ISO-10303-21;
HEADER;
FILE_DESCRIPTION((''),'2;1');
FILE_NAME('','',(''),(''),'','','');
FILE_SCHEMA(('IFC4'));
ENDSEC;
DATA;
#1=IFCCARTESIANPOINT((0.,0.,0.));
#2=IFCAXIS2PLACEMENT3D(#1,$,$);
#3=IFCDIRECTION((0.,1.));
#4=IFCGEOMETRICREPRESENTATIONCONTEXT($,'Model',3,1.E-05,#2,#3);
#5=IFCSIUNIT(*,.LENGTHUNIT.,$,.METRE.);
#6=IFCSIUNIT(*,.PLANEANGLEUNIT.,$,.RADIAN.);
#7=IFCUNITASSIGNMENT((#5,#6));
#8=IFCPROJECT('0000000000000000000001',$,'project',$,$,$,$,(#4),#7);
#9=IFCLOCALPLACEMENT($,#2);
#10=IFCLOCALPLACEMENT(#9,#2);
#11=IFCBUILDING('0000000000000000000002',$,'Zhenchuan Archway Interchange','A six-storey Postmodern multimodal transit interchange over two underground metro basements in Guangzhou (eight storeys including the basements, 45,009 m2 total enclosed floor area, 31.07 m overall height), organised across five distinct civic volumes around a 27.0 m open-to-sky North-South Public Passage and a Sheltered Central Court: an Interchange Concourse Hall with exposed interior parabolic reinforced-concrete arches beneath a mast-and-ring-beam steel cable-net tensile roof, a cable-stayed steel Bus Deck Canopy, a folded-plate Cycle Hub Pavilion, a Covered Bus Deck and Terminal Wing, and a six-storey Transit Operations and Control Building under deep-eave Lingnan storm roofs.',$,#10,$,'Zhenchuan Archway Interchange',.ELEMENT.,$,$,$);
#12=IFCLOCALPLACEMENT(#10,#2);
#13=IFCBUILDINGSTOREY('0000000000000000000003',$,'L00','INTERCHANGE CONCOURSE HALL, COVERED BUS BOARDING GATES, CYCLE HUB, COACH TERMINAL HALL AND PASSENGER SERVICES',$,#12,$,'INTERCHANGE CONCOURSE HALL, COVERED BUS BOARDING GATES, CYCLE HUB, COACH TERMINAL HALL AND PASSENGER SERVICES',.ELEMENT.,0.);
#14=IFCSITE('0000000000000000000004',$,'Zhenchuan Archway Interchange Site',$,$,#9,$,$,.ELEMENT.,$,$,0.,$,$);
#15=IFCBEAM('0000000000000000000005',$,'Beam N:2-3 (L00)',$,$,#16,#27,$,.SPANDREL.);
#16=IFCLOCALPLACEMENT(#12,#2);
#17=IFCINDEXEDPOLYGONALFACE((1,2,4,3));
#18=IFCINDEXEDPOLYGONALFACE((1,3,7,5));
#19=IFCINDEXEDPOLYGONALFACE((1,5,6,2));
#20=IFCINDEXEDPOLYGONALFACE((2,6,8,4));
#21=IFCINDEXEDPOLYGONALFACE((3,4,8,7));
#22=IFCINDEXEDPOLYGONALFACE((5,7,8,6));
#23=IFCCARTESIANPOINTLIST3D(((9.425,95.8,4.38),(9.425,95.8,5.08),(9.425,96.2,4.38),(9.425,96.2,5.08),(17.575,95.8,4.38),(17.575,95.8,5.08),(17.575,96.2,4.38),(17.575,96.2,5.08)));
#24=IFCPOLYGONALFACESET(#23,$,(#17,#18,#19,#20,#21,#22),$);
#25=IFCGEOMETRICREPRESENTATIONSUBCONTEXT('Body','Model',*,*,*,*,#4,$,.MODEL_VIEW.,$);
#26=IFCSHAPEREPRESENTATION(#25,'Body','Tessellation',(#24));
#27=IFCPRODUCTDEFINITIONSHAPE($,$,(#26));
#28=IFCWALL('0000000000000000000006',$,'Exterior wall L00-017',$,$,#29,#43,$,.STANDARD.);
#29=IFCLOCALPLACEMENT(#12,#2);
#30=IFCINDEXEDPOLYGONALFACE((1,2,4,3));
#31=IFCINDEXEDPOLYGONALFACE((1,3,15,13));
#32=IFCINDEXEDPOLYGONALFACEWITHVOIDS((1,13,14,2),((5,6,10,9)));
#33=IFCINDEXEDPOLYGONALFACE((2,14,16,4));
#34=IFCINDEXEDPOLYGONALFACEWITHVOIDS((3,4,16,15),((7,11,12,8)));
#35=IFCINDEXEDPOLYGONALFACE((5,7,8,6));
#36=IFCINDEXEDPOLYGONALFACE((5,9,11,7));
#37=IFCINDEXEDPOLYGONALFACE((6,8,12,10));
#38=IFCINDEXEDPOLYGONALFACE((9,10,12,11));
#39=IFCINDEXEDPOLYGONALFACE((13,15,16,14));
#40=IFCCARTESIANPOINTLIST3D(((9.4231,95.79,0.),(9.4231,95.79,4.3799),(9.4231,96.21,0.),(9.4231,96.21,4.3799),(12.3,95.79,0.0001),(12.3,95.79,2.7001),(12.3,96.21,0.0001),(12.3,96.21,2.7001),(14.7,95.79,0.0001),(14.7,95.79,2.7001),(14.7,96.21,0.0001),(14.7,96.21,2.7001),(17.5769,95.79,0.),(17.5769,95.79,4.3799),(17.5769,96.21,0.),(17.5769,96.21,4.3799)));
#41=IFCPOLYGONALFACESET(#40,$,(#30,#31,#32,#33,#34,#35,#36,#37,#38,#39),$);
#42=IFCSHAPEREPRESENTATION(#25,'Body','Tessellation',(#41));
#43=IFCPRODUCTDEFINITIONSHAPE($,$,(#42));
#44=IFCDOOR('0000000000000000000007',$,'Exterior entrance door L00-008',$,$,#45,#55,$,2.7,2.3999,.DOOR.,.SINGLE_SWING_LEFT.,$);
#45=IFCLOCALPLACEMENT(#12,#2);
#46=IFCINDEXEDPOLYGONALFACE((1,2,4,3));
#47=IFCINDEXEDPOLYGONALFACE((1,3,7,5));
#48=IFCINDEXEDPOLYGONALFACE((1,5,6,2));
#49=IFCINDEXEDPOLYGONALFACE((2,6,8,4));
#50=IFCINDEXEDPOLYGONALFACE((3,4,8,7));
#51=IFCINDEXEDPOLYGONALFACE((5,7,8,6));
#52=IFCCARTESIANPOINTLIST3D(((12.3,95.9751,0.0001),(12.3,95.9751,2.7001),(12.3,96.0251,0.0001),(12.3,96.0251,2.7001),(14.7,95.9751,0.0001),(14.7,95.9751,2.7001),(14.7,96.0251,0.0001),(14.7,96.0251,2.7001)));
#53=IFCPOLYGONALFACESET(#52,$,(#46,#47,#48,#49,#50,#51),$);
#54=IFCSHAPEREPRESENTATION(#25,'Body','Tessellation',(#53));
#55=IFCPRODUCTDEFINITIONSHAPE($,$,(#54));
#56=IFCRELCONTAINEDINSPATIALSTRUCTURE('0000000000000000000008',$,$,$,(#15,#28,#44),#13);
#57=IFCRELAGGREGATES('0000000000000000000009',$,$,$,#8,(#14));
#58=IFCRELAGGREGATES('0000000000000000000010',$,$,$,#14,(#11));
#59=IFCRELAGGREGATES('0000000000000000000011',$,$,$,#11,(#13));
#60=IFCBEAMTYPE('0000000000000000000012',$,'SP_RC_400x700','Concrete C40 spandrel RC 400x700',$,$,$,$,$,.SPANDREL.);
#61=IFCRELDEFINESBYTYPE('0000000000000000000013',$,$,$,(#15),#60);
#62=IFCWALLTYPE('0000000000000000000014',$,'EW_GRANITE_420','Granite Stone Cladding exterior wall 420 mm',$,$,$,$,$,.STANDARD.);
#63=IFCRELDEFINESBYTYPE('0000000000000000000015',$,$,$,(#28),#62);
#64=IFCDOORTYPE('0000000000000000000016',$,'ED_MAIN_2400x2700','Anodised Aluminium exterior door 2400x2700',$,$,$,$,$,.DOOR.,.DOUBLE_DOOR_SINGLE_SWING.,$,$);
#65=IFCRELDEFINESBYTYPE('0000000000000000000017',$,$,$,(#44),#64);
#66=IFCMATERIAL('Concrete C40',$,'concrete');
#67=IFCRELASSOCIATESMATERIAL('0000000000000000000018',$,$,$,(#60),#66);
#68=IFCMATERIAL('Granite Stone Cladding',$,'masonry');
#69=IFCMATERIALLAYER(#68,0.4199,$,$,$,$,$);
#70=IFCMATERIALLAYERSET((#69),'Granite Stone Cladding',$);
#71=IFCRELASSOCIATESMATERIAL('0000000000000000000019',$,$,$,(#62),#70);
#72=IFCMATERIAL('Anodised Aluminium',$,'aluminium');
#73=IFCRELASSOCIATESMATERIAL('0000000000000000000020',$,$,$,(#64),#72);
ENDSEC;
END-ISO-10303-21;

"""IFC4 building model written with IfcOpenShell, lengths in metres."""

from ifc_helpers import new_model, si_unit, direction, frame, frame_2d, origin, origin_2d, place, context, subcontext, project, spatial, rectangle, extrude, material, layer, layer_set, material_profile, profile_set, type_object, element, fill, save


model = new_model("IFC4")

# Units and contexts
model_context = context("Model", 3, precision=1e-05, world=origin(), true_north=direction((0.0, 1.0)))
body_context = subcontext(model_context, "Body", "Model", "MODEL_VIEW")
ifc_project = project(units=[si_unit("LENGTHUNIT", "METRE"), si_unit("PLANEANGLEUNIT", "RADIAN")], contexts=[model_context])

# Site, building, storey
site_placement = place(None, origin())
site = spatial("IfcSite", under=ifc_project, at=site_placement, Name="Zhenchuan Archway Interchange Site", CompositionType="ELEMENT", RefElevation=0.0)
building_placement = place(site_placement, origin())
building = spatial("IfcBuilding", under=site, at=building_placement, Name="Zhenchuan Archway Interchange", Description="A six-storey Postmodern multimodal transit interchange over two underground metro basements in Guangzhou (eight storeys including the basements, 45,009 m2 total enclosed floor area, 31.07 m overall height), organised across five distinct civic volumes around a 27.0 m open-to-sky North-South Public Passage and a Sheltered Central Court: an Interchange Concourse Hall with exposed interior parabolic reinforced-concrete arches beneath a mast-and-ring-beam steel cable-net tensile roof, a cable-stayed steel Bus Deck Canopy, a folded-plate Cycle Hub Pavilion, a Covered Bus Deck and Terminal Wing, and a six-storey Transit Operations and Control Building under deep-eave Lingnan storm roofs.", LongName="Zhenchuan Archway Interchange", CompositionType="ELEMENT")
storey_placement = place(building_placement, origin())
storey = spatial("IfcBuildingStorey", under=building, at=storey_placement, Name="L00", Description="INTERCHANGE CONCOURSE HALL, COVERED BUS BOARDING GATES, CYCLE HUB, COACH TERMINAL HALL AND PASSENGER SERVICES", LongName="INTERCHANGE CONCOURSE HALL, COVERED BUS BOARDING GATES, CYCLE HUB, COACH TERMINAL HALL AND PASSENGER SERVICES", CompositionType="ELEMENT", Elevation=0.0)

# Shared definitions
ifc_material_1 = material(Name="Concrete C40", Category="concrete")

# Beam
ifc_material_profile_1 = material_profile(ifc_material_1, rectangle(XDim=0.3999, YDim=0.7, at=origin_2d()), Name="RC 400x700")
ifc_profile_set_1 = profile_set([ifc_material_profile_1], Name="Concrete C40")
beam_type = type_object("IfcBeamType", Name="SP_RC_400x700", Description="Concrete C40 spandrel RC 400x700", PredefinedType="SPANDREL", material=ifc_profile_set_1)
beam_1_placement = place(storey_placement, frame((9.425, 96.0, 4.73), z_axis=(1.0, 0.0, 0.0), x_axis=(0.0, 1.0, 0.0)))
element("IfcBeam", 1, at=beam_1_placement, inside=storey, type_object=beam_type, Name="Beam N:2-3 (L00)", PredefinedType="SPANDREL", context=body_context, shape_type="SweptSolid", body=[
    extrude(rectangle(XDim=0.3999, YDim=0.7, at=origin_2d()), origin(), (0.0, 0.0, 1.0), 8.1499),
])

# Wall, opening, door
ifc_material_2 = material(Name="Granite Stone Cladding", Category="masonry")
ifc_layer = layer(ifc_material_2, 0.4199)
ifc_layer_set = layer_set([ifc_layer], Name="Granite Stone Cladding")
wall_type = type_object("IfcWallType", Name="EW_GRANITE_420", Description="Granite Stone Cladding exterior wall 420 mm", PredefinedType="STANDARD", material=ifc_layer_set)
wall_1_placement = place(storey_placement, frame((17.5769, 96.0, 0.0), z_axis=(0.0, 0.0, 1.0), x_axis=(-1.0, 0.0, 0.0)))
wall_1 = element("IfcWall", 2, at=wall_1_placement, inside=storey, type_object=wall_type, Name="Exterior wall L00-017", PredefinedType="STANDARD", context=body_context, shape_type="SweptSolid", body=[
    extrude(rectangle(XDim=8.1538, YDim=0.4199, at=frame_2d((4.0769, 0.0))), origin(), (0.0, 0.0, 1.0), 4.3799),
])
opening_1_placement = place(wall_1_placement, frame((2.877, 0.0, 0.0)))
opening_1 = element("IfcOpeningElement", 3, at=opening_1_placement, cuts=wall_1, PredefinedType="OPENING", context=body_context, shape_type="SweptSolid", body=[
    extrude(rectangle(XDim=2.3999, YDim=2.7, at=frame_2d((1.2, 1.3501))), frame((0.0, 0.2219, 0.0), z_axis=(0.0, -1.0, 0.0), x_axis=(1.0, 0.0, 0.0)), (0.0, 0.0, 1.0), 0.4438),
])
ifc_material_3 = material(Name="Anodised Aluminium", Category="aluminium")
door_type_1 = type_object("IfcDoorType", Name="ED_MAIN_2400x2700", Description="Anodised Aluminium exterior door 2400x2700", OperationType="DOUBLE_DOOR_SINGLE_SWING", PredefinedType="DOOR", material=ifc_material_3)
door_1_placement = place(opening_1_placement, origin())
door_1 = element("IfcDoor", 4, at=door_1_placement, inside=storey, type_object=door_type_1, Name="Exterior entrance door L00-008", OperationType="SINGLE_SWING_LEFT", OverallHeight=2.7, OverallWidth=2.3999, PredefinedType="DOOR", context=body_context, shape_type="SweptSolid", body=[
    extrude(rectangle(XDim=2.3999, YDim=2.7, at=frame_2d((1.2, 1.3501))), frame((0.0, 0.0249, 0.0), z_axis=(0.0, -1.0, 0.0), x_axis=(1.0, 0.0, 0.0)), (0.0, 0.0, 1.0), 0.05),
])
fill(opening_1, door_1)

save(model, "model.ifc")
